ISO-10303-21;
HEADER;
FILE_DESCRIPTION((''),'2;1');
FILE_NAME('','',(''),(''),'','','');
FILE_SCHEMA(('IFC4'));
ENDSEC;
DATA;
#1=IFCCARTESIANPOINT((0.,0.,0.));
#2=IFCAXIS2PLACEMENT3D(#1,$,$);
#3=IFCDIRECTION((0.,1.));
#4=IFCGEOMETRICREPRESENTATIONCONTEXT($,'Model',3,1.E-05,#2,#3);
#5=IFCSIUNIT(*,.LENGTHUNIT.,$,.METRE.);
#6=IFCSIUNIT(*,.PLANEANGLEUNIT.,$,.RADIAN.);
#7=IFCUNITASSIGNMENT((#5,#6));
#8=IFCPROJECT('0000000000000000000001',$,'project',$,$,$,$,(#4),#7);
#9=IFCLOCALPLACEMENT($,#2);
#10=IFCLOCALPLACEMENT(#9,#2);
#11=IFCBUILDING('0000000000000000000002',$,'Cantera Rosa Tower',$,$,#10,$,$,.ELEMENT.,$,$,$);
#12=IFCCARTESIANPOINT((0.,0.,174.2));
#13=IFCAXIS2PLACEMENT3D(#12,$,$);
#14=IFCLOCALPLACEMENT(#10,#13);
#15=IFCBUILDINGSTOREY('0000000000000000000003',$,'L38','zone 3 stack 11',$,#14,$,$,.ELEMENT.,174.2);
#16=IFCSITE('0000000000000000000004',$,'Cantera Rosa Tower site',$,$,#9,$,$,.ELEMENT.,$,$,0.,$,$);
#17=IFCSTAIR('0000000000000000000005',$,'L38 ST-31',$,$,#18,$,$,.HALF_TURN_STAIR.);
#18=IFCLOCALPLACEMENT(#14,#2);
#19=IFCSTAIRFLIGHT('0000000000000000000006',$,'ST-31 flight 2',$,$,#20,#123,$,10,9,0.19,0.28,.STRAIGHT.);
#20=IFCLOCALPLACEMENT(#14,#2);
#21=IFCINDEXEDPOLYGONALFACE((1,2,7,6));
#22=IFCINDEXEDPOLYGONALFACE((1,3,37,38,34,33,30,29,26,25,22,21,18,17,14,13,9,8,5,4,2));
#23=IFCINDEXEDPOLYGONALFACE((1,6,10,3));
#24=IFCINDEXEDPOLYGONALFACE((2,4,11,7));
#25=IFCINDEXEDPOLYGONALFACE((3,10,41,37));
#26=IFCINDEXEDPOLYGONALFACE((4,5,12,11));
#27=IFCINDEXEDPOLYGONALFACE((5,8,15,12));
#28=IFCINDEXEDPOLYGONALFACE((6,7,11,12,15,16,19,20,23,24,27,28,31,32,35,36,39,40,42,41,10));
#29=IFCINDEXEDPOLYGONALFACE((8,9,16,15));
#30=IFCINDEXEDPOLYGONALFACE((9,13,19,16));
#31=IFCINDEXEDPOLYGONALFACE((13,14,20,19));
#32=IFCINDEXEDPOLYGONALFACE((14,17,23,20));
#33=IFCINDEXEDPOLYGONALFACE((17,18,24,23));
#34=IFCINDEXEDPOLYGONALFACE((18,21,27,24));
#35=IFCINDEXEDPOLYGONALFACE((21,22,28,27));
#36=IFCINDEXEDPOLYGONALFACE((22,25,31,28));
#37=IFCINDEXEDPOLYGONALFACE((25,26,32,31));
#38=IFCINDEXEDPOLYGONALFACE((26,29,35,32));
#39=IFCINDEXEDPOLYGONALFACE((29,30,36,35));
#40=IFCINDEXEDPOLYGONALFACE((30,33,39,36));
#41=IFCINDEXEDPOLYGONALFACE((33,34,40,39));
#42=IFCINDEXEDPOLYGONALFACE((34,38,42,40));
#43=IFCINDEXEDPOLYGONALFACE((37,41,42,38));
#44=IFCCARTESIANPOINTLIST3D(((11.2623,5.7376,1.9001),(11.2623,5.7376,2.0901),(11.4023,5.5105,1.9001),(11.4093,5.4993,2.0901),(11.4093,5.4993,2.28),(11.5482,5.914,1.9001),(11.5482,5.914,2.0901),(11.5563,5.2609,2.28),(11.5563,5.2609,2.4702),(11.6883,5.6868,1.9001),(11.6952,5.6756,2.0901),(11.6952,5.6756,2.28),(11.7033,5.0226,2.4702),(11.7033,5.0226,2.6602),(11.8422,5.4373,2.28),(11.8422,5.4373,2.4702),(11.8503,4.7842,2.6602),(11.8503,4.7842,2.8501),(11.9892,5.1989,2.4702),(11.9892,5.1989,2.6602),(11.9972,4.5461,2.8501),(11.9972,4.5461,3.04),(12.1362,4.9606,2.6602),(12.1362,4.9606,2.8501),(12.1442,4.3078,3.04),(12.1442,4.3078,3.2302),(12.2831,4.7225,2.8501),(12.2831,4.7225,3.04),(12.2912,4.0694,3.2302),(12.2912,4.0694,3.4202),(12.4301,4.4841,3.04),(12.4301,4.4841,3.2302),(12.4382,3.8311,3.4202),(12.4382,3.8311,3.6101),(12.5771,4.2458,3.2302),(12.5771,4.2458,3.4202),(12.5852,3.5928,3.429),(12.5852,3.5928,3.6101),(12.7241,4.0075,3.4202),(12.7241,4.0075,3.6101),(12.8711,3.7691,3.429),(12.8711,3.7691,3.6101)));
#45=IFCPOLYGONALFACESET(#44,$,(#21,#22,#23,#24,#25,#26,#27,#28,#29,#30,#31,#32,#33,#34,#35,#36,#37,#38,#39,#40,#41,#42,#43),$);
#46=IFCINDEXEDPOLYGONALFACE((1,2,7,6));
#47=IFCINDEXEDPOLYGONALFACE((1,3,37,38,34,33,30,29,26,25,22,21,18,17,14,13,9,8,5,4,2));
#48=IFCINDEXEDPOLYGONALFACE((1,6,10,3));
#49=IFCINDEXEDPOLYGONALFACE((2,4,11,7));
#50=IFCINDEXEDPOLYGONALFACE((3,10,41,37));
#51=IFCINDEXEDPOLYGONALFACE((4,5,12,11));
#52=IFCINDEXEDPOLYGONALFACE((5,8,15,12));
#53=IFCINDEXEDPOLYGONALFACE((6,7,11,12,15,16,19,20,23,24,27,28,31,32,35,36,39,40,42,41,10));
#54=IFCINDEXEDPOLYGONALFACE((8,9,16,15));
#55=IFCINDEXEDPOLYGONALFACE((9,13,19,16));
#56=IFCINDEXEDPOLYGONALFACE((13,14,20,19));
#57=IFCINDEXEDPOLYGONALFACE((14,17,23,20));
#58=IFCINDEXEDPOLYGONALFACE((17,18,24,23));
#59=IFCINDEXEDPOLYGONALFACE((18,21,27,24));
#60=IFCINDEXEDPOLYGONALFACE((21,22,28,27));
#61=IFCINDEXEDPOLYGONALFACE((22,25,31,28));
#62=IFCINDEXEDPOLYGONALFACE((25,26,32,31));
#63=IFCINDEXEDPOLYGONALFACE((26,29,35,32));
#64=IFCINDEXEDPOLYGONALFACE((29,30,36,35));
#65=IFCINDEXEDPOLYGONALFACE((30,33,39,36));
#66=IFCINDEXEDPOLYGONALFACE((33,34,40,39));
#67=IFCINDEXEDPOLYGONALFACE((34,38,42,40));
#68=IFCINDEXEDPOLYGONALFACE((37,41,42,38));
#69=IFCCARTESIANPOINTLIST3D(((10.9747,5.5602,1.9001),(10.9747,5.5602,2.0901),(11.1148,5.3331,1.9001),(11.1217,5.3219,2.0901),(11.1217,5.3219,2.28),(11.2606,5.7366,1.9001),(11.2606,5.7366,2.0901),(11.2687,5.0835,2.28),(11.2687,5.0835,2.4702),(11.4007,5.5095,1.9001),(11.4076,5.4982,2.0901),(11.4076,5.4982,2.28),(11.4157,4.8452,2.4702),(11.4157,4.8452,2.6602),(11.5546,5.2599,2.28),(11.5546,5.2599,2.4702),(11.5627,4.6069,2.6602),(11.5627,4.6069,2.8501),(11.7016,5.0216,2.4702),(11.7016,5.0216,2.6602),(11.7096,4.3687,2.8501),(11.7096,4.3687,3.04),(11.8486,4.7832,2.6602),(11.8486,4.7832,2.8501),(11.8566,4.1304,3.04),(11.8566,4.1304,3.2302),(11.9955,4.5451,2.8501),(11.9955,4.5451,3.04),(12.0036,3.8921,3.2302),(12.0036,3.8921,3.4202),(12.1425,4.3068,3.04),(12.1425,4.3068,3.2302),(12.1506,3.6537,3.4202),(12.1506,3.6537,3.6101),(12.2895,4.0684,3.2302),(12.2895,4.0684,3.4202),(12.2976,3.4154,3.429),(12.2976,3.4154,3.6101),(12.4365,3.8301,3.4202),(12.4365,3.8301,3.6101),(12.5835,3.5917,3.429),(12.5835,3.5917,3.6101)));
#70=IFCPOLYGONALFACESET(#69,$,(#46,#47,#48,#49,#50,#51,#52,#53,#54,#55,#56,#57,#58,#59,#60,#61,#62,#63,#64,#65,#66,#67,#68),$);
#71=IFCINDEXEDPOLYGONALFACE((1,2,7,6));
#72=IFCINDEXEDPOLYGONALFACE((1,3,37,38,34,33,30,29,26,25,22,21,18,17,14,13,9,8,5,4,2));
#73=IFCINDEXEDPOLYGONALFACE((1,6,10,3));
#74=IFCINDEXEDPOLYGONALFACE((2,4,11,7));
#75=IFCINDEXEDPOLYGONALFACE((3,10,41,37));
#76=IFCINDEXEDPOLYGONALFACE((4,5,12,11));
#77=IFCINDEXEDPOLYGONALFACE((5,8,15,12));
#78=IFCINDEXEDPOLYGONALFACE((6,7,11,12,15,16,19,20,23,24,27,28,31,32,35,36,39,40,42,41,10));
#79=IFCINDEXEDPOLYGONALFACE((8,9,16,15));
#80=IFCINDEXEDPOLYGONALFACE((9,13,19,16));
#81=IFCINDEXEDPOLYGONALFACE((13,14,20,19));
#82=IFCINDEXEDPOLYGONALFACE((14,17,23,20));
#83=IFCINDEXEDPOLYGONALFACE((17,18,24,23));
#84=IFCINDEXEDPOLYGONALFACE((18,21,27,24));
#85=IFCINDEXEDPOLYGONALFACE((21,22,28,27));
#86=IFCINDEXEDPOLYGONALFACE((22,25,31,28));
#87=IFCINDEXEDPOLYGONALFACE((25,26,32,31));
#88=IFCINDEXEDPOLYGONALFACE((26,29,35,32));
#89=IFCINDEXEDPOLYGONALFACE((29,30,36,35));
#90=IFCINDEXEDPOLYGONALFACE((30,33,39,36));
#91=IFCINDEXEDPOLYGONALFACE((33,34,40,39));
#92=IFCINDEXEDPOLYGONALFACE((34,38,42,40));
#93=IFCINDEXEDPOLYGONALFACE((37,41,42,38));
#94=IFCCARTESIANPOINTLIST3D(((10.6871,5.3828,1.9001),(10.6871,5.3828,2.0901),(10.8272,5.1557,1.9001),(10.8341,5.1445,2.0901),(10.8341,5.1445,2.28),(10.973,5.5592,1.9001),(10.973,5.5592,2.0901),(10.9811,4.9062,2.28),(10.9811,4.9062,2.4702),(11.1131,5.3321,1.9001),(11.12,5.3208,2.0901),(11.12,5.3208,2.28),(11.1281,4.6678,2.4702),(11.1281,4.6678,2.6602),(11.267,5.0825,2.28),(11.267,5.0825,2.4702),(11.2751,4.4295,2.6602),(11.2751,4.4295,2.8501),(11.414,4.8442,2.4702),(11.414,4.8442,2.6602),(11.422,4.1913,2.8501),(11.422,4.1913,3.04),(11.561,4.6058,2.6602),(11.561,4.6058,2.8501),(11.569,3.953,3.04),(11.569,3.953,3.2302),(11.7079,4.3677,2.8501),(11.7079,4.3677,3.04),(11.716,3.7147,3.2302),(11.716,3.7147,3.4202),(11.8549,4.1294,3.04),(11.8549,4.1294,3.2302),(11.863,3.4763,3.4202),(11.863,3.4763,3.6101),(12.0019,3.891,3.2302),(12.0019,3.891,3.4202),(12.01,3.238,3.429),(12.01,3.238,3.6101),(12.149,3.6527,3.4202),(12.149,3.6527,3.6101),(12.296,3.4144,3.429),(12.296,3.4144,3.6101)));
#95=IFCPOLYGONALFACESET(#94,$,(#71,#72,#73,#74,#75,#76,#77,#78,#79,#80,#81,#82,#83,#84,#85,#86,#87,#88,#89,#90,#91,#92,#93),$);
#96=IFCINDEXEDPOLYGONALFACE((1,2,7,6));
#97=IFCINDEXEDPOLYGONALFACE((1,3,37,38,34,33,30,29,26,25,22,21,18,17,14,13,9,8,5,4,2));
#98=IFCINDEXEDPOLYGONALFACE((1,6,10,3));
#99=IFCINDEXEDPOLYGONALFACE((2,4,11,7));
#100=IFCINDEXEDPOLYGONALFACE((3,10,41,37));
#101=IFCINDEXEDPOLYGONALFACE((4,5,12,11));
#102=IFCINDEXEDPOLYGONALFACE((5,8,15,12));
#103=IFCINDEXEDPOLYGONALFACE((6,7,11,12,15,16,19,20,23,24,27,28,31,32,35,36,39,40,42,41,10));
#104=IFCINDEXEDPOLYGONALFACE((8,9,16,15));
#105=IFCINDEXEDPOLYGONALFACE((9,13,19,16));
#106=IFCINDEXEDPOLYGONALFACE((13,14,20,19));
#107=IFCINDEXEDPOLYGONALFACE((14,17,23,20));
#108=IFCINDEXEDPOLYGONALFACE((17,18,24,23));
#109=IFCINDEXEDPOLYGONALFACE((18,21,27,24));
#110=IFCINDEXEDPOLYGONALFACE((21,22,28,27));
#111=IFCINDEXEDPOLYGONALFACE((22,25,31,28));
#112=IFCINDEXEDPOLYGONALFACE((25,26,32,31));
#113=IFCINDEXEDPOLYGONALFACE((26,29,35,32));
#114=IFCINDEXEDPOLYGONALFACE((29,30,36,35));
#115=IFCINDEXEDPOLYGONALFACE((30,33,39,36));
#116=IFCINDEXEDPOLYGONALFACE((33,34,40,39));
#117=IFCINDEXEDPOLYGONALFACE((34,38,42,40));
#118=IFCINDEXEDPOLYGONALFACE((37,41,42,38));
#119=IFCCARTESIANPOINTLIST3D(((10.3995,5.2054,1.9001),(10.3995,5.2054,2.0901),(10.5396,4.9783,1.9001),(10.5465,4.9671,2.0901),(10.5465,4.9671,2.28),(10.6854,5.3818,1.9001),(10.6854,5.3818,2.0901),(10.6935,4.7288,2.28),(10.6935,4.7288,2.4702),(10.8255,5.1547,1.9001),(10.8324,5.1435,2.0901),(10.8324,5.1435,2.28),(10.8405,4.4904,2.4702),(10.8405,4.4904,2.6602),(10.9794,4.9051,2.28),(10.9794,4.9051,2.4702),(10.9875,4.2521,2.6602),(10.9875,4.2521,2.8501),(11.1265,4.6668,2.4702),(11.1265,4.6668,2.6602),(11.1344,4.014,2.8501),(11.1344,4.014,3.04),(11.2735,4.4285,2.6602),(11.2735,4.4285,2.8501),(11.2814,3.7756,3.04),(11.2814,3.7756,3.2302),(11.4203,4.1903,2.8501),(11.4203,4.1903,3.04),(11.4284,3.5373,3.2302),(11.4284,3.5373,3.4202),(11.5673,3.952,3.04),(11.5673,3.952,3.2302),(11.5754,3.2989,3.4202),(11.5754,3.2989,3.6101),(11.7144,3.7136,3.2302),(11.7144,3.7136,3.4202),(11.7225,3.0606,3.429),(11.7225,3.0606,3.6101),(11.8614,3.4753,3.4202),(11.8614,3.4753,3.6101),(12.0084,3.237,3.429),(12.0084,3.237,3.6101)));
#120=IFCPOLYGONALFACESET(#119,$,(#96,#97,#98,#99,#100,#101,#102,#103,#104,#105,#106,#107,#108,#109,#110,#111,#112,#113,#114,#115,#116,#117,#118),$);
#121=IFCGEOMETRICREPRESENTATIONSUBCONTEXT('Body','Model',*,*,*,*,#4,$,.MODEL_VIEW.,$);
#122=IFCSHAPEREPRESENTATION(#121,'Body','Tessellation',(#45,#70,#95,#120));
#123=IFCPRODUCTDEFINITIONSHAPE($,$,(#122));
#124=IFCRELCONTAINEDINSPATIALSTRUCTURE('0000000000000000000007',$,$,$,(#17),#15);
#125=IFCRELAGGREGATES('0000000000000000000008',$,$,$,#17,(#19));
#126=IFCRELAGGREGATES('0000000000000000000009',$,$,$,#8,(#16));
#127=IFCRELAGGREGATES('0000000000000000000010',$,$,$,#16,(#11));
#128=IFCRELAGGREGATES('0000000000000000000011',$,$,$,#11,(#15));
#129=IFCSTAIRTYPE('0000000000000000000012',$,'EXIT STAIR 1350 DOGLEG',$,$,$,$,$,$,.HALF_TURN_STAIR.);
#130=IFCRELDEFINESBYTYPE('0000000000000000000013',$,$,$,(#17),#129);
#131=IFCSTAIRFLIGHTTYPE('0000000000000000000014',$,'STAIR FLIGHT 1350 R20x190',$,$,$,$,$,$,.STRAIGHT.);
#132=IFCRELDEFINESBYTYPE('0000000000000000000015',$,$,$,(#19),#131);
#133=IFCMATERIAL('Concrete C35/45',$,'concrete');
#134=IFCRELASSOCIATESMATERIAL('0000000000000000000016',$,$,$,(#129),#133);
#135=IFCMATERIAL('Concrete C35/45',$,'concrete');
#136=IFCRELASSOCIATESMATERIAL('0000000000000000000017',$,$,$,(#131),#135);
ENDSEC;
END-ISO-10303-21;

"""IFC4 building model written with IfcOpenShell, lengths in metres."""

from ifc_helpers import new_model, si_unit, direction, frame, origin, place, context, subcontext, project, spatial, polyline, outline, extrude, material, type_object, element, aggregate, save


model = new_model("IFC4")

# Units and contexts
model_context = context("Model", 3, precision=1e-05, world=origin(), true_north=direction((0.0, 1.0)))
body_context = subcontext(model_context, "Body", "Model", "MODEL_VIEW")
ifc_project = project(units=[si_unit("LENGTHUNIT", "METRE"), si_unit("PLANEANGLEUNIT", "RADIAN")], contexts=[model_context])

# Site, building, storey
site_placement = place(None, origin())
site = spatial("IfcSite", under=ifc_project, at=site_placement, Name="Cantera Rosa Tower site", CompositionType="ELEMENT", RefElevation=0.0)
building_placement = place(site_placement, origin())
building = spatial("IfcBuilding", under=site, at=building_placement, Name="Cantera Rosa Tower", CompositionType="ELEMENT")
storey_placement = place(building_placement, frame((0.0, 0.0, 174.2)))
storey = spatial("IfcBuildingStorey", under=building, at=storey_placement, Name="L38", Description="zone 3 stack 11", CompositionType="ELEMENT", Elevation=174.2)

# Stair, stair flight
ifc_material_1 = material(Name="Concrete C35/45", Category="concrete")
stair_type = type_object("IfcStairType", Name="EXIT STAIR 1350 DOGLEG", PredefinedType="HALF_TURN_STAIR", material=ifc_material_1)
stair_placement = place(storey_placement, origin())
stair = element("IfcStair", 1, at=stair_placement, inside=storey, type_object=stair_type, Name="L38 ST-31", PredefinedType="HALF_TURN_STAIR")
ifc_material_2 = material(Name="Concrete C35/45", Category="concrete")
stair_flight_type = type_object("IfcStairFlightType", Name="STAIR FLIGHT 1350 R20x190", PredefinedType="STRAIGHT", material=ifc_material_2)
stair_flight_1_placement = place(storey_placement, frame((10.9736, 5.5596, 1.9001), z_axis=(0.0, 0.0, 1.0), x_axis=(0.524977, -0.851117, 0.0)))
stair_flight_1 = element("IfcStairFlight", 2, at=stair_flight_1_placement, type_object=stair_flight_type, Name="ST-31 flight 2", NumberOfRisers=10, NumberOfTreads=9, PredefinedType="STRAIGHT", RiserHeight=0.19, TreadLength=0.28, context=body_context, shape_type="SweptSolid", body=[
    extrude(outline(polyline([(0.0, 0.0), (0.0, 0.1899), (0.28, 0.1899), (0.28, 0.3799), (0.5601, 0.3799), (0.5601, 0.5701), (0.8401, 0.5701), (0.8401, 0.76), (1.1201, 0.76), (1.1201, 0.95), (1.3999, 0.95), (1.3999, 1.1399), (1.6799, 1.1399), (1.6799, 1.3301), (1.96, 1.3301), (1.96, 1.52), (2.24, 1.52), (2.24, 1.71), (2.52, 1.71), (2.52, 1.8999), (2.52, 1.5288), (0.2668, 0.0), (0.0, 0.0)])), frame((0.0, 0.675, 0.0), z_axis=(0.0, -1.0, 0.0), x_axis=(1.0, 0.0, 0.0)), (0.0, 0.0, 1.0), 0.3359),
    extrude(outline(polyline([(0.0, 0.0), (0.0, 0.1899), (0.28, 0.1899), (0.28, 0.3799), (0.5601, 0.3799), (0.5601, 0.5701), (0.8401, 0.5701), (0.8401, 0.76), (1.1201, 0.76), (1.1201, 0.95), (1.3999, 0.95), (1.3999, 1.1399), (1.6799, 1.1399), (1.6799, 1.3301), (1.96, 1.3301), (1.96, 1.52), (2.24, 1.52), (2.24, 1.71), (2.52, 1.71), (2.52, 1.8999), (2.52, 1.5288), (0.2668, 0.0), (0.0, 0.0)])), frame((0.0, 0.3372, 0.0), z_axis=(0.0, -1.0, 0.0), x_axis=(1.0, 0.0, 0.0)), (0.0, 0.0, 1.0), 0.3359),
    extrude(outline(polyline([(0.0, 0.0), (0.0, 0.1899), (0.28, 0.1899), (0.28, 0.3799), (0.5601, 0.3799), (0.5601, 0.5701), (0.8401, 0.5701), (0.8401, 0.76), (1.1201, 0.76), (1.1201, 0.95), (1.3999, 0.95), (1.3999, 1.1399), (1.6799, 1.1399), (1.6799, 1.3301), (1.96, 1.3301), (1.96, 1.52), (2.24, 1.52), (2.24, 1.71), (2.52, 1.71), (2.52, 1.8999), (2.52, 1.5288), (0.2668, 0.0), (0.0, 0.0)])), frame((0.0, -0.0007, 0.0), z_axis=(0.0, -1.0, 0.0), x_axis=(1.0, 0.0, 0.0)), (0.0, 0.0, 1.0), 0.3359),
    extrude(outline(polyline([(0.0, 0.0), (0.0, 0.1899), (0.28, 0.1899), (0.28, 0.3799), (0.5601, 0.3799), (0.5601, 0.5701), (0.8401, 0.5701), (0.8401, 0.76), (1.1201, 0.76), (1.1201, 0.95), (1.3999, 0.95), (1.3999, 1.1399), (1.6799, 1.1399), (1.6799, 1.3301), (1.96, 1.3301), (1.96, 1.52), (2.24, 1.52), (2.24, 1.71), (2.52, 1.71), (2.52, 1.8999), (2.52, 1.5288), (0.2668, 0.0), (0.0, 0.0)])), frame((0.0, -0.3386, 0.0), z_axis=(0.0, -1.0, 0.0), x_axis=(1.0, 0.0, 0.0)), (0.0, 0.0, 1.0), 0.3359),
])
aggregate(stair, [stair_flight_1])

save(model, "model.ifc")
